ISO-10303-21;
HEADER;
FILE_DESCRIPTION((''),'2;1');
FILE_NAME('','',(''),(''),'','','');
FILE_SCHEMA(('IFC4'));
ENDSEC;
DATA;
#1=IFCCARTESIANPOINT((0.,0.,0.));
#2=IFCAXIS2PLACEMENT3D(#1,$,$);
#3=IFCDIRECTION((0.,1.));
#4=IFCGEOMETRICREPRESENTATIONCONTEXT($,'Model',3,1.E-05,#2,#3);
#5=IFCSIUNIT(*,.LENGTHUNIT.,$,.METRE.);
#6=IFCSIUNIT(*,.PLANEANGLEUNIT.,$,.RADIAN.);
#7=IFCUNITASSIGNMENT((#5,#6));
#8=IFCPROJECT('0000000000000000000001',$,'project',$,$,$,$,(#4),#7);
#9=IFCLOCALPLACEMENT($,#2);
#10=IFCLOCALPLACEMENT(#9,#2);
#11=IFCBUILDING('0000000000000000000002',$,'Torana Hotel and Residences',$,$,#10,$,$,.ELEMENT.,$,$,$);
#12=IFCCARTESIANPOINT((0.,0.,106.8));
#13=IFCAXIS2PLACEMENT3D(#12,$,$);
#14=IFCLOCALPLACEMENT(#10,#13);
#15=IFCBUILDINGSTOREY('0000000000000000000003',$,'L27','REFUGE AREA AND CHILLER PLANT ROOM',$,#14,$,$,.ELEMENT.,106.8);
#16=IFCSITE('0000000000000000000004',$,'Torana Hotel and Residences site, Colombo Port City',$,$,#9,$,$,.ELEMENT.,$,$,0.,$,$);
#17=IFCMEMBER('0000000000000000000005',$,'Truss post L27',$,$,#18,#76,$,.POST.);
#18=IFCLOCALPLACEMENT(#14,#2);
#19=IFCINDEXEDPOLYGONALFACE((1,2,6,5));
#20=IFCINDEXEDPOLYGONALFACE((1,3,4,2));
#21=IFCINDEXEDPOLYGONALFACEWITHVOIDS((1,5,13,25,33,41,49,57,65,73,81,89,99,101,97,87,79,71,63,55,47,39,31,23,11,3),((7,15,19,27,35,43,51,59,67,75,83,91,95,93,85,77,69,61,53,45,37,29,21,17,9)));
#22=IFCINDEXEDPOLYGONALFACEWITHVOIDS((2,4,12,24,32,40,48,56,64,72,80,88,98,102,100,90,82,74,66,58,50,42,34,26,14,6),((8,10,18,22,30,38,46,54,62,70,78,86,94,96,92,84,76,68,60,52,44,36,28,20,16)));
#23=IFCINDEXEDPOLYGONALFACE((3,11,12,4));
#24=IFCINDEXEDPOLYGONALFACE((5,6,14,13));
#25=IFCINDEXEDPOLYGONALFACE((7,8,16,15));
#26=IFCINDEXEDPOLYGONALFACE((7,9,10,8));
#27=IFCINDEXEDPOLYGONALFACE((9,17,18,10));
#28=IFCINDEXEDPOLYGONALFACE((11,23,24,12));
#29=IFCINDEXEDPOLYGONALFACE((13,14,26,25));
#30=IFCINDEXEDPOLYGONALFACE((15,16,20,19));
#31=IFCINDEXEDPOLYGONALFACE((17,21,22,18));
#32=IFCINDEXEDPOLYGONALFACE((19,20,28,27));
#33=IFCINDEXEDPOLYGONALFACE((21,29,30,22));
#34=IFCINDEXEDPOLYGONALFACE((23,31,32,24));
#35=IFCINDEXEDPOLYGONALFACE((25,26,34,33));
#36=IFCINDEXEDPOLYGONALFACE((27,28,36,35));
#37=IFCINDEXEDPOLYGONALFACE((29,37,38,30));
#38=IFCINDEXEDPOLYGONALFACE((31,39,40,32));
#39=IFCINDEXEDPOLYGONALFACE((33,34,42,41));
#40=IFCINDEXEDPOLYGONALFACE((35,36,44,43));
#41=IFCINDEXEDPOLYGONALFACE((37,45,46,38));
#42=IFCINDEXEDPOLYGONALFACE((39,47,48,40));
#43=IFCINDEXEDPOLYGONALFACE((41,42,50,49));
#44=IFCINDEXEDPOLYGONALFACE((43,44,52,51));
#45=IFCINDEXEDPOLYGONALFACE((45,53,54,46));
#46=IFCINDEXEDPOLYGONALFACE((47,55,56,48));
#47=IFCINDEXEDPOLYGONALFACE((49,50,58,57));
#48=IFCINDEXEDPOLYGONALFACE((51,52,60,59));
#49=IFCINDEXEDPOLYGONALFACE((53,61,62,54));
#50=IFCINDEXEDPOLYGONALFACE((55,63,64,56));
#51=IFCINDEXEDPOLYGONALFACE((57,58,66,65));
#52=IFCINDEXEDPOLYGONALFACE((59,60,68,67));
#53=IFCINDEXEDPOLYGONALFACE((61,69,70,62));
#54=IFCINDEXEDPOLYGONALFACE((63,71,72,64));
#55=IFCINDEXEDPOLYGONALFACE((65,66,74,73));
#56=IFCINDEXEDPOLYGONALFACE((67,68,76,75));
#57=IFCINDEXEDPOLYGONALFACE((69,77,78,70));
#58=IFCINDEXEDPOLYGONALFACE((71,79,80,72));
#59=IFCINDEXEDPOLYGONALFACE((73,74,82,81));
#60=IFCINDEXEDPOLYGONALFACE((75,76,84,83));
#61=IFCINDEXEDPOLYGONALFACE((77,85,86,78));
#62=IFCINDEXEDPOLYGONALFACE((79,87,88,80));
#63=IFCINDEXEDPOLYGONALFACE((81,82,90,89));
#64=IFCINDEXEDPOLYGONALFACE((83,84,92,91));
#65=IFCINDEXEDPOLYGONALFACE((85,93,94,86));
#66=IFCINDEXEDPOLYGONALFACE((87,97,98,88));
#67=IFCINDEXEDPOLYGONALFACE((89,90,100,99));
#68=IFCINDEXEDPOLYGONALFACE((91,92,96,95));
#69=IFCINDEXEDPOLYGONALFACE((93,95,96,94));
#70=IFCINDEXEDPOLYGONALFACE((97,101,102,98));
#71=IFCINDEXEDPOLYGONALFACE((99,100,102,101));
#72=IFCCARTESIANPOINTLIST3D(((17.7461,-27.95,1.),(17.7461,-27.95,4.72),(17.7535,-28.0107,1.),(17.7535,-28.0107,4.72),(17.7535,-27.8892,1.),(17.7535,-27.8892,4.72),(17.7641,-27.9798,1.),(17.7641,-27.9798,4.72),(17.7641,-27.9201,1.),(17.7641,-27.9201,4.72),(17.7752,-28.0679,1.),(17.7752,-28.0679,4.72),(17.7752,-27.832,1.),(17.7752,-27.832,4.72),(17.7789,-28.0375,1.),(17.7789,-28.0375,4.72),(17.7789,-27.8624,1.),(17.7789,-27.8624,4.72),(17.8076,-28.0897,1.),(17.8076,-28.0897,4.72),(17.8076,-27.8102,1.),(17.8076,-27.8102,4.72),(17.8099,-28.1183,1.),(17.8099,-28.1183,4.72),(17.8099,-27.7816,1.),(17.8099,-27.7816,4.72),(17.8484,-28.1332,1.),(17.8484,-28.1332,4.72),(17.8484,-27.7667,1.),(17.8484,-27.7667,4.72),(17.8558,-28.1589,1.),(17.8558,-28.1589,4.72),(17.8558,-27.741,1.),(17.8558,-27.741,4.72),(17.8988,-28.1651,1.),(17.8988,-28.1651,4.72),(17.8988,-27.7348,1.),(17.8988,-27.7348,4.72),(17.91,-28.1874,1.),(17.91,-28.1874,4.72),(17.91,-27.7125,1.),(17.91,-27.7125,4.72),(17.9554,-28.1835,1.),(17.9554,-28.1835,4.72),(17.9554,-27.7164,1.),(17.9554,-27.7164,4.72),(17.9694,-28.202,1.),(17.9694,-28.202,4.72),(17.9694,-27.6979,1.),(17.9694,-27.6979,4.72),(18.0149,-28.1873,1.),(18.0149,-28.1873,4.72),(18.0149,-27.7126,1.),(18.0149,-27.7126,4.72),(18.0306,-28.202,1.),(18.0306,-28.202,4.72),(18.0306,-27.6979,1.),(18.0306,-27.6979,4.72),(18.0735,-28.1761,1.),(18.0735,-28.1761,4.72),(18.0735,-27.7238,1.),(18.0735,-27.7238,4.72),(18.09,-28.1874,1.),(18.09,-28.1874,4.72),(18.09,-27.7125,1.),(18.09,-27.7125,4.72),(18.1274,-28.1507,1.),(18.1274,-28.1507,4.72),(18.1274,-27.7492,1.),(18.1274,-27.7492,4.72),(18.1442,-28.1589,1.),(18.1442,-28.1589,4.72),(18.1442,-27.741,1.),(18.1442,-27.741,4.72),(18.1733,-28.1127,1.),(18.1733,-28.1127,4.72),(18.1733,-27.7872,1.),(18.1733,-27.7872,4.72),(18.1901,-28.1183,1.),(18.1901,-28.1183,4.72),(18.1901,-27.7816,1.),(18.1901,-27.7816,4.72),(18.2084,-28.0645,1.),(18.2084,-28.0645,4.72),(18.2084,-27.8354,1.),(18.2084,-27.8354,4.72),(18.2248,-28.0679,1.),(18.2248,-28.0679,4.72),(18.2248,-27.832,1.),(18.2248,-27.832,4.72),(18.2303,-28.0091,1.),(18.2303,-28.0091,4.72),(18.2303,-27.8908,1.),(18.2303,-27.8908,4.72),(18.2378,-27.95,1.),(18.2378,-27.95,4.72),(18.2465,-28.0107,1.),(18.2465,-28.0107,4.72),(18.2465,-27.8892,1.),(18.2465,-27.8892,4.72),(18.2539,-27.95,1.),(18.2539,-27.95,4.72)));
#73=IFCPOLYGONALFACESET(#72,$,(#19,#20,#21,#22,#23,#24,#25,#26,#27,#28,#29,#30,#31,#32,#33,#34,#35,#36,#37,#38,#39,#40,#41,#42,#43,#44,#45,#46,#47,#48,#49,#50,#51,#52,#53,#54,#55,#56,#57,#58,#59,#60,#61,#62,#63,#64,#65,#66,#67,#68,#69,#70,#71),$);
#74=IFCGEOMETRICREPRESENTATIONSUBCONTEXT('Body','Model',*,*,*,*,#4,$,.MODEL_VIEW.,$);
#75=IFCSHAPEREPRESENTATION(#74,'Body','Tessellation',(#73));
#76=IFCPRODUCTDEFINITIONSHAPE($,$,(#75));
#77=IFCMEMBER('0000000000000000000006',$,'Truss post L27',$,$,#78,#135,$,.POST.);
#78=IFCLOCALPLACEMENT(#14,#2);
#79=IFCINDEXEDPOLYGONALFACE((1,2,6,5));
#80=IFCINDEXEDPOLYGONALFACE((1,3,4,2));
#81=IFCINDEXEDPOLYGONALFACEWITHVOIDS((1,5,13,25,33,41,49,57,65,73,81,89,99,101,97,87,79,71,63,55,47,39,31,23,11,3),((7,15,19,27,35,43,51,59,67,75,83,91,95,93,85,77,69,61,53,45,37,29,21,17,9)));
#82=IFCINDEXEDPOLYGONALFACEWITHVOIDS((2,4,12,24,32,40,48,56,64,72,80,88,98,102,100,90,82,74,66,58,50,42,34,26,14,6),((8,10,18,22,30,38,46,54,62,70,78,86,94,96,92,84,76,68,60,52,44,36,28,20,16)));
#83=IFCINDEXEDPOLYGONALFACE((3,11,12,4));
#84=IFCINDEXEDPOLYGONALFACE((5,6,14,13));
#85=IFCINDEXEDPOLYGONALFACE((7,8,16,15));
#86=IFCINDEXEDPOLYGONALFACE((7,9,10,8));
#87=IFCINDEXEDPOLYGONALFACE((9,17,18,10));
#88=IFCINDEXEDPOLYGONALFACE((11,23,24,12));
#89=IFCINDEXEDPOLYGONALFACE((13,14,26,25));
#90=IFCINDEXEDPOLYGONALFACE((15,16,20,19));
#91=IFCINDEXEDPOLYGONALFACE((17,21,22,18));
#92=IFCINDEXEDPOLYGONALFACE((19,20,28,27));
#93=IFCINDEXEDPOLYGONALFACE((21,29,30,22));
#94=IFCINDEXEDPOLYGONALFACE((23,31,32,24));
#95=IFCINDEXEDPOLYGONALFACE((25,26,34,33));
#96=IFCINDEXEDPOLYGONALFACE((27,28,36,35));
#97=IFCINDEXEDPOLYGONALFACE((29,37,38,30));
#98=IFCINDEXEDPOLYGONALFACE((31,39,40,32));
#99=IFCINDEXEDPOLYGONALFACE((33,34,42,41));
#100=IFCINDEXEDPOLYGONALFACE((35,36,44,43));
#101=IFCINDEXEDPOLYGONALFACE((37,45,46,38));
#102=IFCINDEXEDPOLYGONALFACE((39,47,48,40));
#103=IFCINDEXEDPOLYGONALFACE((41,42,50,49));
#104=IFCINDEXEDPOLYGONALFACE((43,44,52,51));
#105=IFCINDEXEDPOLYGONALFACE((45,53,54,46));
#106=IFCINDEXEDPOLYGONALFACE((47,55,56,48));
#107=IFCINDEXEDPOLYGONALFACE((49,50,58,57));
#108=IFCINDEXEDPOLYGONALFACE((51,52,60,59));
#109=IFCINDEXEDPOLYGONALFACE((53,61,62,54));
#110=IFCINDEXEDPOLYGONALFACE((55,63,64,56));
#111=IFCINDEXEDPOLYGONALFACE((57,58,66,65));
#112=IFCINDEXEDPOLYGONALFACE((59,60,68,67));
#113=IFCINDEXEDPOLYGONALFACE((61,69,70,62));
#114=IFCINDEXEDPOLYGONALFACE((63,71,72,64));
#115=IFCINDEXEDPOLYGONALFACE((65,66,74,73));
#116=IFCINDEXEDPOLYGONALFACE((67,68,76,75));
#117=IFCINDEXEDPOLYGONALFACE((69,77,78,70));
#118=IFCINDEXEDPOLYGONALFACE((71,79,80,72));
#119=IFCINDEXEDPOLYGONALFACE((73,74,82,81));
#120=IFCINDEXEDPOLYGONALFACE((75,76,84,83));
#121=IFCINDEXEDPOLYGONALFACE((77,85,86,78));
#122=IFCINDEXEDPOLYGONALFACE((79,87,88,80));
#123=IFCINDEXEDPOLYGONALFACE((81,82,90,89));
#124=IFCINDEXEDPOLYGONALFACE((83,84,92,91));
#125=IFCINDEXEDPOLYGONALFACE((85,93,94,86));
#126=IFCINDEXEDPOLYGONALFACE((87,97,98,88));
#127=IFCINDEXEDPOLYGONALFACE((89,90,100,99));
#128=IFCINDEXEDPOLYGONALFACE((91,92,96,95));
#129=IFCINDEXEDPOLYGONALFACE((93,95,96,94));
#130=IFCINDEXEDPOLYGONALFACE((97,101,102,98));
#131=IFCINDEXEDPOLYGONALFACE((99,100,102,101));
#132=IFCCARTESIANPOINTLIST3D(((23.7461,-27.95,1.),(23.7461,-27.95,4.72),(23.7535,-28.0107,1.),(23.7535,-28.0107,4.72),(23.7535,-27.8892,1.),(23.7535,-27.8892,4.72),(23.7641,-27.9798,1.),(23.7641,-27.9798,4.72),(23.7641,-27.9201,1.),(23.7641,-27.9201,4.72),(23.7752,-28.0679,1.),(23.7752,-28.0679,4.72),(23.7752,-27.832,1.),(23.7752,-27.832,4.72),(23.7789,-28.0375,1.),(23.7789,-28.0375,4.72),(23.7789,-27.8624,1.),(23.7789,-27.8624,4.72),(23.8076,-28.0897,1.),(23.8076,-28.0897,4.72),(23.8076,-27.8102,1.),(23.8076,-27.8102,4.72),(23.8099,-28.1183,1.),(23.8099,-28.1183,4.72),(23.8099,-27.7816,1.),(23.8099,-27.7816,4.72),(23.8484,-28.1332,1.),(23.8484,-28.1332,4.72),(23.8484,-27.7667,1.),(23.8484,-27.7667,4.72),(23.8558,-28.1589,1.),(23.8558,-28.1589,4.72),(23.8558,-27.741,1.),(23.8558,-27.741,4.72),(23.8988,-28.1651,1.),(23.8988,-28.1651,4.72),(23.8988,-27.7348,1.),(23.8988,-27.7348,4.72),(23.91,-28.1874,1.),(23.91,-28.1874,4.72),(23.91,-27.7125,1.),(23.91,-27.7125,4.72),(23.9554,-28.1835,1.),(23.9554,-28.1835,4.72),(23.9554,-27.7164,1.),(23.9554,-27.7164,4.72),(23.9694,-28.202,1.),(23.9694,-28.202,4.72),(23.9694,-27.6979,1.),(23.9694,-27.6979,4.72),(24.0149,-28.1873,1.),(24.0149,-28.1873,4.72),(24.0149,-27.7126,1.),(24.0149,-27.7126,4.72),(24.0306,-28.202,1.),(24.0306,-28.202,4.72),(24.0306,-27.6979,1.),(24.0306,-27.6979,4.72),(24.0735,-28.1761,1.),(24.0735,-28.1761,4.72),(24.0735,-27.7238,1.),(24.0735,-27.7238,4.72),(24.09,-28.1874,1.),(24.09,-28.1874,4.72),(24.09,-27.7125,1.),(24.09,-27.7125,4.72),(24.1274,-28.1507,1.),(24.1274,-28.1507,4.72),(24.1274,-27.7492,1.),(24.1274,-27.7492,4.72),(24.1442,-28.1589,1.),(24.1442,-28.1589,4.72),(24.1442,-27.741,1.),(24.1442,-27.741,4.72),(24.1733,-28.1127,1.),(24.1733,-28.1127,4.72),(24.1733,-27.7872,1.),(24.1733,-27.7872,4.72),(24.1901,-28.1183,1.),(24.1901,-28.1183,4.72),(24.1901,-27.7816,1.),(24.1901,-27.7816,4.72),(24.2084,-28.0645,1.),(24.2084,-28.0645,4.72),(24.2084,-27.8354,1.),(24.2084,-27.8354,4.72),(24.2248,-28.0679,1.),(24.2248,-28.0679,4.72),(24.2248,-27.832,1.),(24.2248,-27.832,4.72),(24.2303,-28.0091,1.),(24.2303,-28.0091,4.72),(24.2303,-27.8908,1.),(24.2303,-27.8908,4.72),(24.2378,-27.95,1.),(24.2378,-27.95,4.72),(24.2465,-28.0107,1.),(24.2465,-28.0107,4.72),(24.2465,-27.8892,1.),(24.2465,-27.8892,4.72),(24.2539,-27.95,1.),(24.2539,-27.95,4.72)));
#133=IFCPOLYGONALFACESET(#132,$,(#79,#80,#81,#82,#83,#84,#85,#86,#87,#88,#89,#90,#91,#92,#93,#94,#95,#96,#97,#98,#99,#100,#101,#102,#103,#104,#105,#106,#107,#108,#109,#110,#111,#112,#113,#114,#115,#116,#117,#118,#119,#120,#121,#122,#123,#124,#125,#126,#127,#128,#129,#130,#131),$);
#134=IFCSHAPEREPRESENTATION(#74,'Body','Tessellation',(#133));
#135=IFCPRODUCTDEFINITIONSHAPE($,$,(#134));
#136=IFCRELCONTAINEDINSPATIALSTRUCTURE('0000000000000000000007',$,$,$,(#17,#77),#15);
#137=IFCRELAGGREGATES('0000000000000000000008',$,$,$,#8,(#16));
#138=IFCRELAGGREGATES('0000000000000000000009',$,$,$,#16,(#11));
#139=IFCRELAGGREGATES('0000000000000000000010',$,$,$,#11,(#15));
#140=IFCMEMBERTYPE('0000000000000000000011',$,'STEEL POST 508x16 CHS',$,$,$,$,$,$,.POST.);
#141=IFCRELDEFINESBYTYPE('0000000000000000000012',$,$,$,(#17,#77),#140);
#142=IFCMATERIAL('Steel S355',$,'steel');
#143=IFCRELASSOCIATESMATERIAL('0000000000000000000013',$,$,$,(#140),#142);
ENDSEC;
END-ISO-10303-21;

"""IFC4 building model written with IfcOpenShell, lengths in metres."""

from ifc_helpers import new_model, si_unit, direction, frame, origin, origin_2d, place, context, subcontext, project, spatial, hollow_circle, extrude, material, material_profile, profile_set, type_object, element, save


model = new_model("IFC4")

# Units and contexts
model_context = context("Model", 3, precision=1e-05, world=origin(), true_north=direction((0.0, 1.0)))
body_context = subcontext(model_context, "Body", "Model", "MODEL_VIEW")
ifc_project = project(units=[si_unit("LENGTHUNIT", "METRE"), si_unit("PLANEANGLEUNIT", "RADIAN")], contexts=[model_context])

# Site, building, storey
site_placement = place(None, origin())
site = spatial("IfcSite", under=ifc_project, at=site_placement, Name="Torana Hotel and Residences site, Colombo Port City", CompositionType="ELEMENT", RefElevation=0.0)
building_placement = place(site_placement, origin())
building = spatial("IfcBuilding", under=site, at=building_placement, Name="Torana Hotel and Residences", CompositionType="ELEMENT")
storey_placement = place(building_placement, frame((0.0, 0.0, 106.8)))
storey = spatial("IfcBuildingStorey", under=building, at=storey_placement, Name="L27", Description="REFUGE AREA AND CHILLER PLANT ROOM", CompositionType="ELEMENT", Elevation=106.8)

# Members
ifc_material_1 = material(Name="Steel S355", Category="steel")
ifc_material_profile_1 = material_profile(ifc_material_1, hollow_circle(Radius=0.2539, WallThickness=0.0161, at=origin_2d()), Name="508x16 CHS")
ifc_profile_set_1 = profile_set([ifc_material_profile_1], Name="Steel S355")
member_type_1 = type_object("IfcMemberType", Name="STEEL POST 508x16 CHS", PredefinedType="POST", material=ifc_profile_set_1)
for number, where, z_axis, x_axis, name in (
    (1, (18.0, -27.95, 1.0), (0.0, 0.0, 1.0), (1.0, 0.0, 0.0), "Truss post L27"),
    (2, (24.0, -27.95, 1.0), (0.0, 0.0, 1.0), (1.0, 0.0, 0.0), "Truss post L27"),
):
    element("IfcMember", number, at=place(storey_placement, frame(where, z_axis=z_axis, x_axis=x_axis)), inside=storey, type_object=member_type_1, Name=name, PredefinedType="POST", context=body_context, shape_type="SweptSolid", body=[
        extrude(hollow_circle(Radius=0.2539, WallThickness=0.0161, at=origin_2d()), origin(), (0.0, 0.0, 1.0), 3.72),
    ])

save(model, "model.ifc")
